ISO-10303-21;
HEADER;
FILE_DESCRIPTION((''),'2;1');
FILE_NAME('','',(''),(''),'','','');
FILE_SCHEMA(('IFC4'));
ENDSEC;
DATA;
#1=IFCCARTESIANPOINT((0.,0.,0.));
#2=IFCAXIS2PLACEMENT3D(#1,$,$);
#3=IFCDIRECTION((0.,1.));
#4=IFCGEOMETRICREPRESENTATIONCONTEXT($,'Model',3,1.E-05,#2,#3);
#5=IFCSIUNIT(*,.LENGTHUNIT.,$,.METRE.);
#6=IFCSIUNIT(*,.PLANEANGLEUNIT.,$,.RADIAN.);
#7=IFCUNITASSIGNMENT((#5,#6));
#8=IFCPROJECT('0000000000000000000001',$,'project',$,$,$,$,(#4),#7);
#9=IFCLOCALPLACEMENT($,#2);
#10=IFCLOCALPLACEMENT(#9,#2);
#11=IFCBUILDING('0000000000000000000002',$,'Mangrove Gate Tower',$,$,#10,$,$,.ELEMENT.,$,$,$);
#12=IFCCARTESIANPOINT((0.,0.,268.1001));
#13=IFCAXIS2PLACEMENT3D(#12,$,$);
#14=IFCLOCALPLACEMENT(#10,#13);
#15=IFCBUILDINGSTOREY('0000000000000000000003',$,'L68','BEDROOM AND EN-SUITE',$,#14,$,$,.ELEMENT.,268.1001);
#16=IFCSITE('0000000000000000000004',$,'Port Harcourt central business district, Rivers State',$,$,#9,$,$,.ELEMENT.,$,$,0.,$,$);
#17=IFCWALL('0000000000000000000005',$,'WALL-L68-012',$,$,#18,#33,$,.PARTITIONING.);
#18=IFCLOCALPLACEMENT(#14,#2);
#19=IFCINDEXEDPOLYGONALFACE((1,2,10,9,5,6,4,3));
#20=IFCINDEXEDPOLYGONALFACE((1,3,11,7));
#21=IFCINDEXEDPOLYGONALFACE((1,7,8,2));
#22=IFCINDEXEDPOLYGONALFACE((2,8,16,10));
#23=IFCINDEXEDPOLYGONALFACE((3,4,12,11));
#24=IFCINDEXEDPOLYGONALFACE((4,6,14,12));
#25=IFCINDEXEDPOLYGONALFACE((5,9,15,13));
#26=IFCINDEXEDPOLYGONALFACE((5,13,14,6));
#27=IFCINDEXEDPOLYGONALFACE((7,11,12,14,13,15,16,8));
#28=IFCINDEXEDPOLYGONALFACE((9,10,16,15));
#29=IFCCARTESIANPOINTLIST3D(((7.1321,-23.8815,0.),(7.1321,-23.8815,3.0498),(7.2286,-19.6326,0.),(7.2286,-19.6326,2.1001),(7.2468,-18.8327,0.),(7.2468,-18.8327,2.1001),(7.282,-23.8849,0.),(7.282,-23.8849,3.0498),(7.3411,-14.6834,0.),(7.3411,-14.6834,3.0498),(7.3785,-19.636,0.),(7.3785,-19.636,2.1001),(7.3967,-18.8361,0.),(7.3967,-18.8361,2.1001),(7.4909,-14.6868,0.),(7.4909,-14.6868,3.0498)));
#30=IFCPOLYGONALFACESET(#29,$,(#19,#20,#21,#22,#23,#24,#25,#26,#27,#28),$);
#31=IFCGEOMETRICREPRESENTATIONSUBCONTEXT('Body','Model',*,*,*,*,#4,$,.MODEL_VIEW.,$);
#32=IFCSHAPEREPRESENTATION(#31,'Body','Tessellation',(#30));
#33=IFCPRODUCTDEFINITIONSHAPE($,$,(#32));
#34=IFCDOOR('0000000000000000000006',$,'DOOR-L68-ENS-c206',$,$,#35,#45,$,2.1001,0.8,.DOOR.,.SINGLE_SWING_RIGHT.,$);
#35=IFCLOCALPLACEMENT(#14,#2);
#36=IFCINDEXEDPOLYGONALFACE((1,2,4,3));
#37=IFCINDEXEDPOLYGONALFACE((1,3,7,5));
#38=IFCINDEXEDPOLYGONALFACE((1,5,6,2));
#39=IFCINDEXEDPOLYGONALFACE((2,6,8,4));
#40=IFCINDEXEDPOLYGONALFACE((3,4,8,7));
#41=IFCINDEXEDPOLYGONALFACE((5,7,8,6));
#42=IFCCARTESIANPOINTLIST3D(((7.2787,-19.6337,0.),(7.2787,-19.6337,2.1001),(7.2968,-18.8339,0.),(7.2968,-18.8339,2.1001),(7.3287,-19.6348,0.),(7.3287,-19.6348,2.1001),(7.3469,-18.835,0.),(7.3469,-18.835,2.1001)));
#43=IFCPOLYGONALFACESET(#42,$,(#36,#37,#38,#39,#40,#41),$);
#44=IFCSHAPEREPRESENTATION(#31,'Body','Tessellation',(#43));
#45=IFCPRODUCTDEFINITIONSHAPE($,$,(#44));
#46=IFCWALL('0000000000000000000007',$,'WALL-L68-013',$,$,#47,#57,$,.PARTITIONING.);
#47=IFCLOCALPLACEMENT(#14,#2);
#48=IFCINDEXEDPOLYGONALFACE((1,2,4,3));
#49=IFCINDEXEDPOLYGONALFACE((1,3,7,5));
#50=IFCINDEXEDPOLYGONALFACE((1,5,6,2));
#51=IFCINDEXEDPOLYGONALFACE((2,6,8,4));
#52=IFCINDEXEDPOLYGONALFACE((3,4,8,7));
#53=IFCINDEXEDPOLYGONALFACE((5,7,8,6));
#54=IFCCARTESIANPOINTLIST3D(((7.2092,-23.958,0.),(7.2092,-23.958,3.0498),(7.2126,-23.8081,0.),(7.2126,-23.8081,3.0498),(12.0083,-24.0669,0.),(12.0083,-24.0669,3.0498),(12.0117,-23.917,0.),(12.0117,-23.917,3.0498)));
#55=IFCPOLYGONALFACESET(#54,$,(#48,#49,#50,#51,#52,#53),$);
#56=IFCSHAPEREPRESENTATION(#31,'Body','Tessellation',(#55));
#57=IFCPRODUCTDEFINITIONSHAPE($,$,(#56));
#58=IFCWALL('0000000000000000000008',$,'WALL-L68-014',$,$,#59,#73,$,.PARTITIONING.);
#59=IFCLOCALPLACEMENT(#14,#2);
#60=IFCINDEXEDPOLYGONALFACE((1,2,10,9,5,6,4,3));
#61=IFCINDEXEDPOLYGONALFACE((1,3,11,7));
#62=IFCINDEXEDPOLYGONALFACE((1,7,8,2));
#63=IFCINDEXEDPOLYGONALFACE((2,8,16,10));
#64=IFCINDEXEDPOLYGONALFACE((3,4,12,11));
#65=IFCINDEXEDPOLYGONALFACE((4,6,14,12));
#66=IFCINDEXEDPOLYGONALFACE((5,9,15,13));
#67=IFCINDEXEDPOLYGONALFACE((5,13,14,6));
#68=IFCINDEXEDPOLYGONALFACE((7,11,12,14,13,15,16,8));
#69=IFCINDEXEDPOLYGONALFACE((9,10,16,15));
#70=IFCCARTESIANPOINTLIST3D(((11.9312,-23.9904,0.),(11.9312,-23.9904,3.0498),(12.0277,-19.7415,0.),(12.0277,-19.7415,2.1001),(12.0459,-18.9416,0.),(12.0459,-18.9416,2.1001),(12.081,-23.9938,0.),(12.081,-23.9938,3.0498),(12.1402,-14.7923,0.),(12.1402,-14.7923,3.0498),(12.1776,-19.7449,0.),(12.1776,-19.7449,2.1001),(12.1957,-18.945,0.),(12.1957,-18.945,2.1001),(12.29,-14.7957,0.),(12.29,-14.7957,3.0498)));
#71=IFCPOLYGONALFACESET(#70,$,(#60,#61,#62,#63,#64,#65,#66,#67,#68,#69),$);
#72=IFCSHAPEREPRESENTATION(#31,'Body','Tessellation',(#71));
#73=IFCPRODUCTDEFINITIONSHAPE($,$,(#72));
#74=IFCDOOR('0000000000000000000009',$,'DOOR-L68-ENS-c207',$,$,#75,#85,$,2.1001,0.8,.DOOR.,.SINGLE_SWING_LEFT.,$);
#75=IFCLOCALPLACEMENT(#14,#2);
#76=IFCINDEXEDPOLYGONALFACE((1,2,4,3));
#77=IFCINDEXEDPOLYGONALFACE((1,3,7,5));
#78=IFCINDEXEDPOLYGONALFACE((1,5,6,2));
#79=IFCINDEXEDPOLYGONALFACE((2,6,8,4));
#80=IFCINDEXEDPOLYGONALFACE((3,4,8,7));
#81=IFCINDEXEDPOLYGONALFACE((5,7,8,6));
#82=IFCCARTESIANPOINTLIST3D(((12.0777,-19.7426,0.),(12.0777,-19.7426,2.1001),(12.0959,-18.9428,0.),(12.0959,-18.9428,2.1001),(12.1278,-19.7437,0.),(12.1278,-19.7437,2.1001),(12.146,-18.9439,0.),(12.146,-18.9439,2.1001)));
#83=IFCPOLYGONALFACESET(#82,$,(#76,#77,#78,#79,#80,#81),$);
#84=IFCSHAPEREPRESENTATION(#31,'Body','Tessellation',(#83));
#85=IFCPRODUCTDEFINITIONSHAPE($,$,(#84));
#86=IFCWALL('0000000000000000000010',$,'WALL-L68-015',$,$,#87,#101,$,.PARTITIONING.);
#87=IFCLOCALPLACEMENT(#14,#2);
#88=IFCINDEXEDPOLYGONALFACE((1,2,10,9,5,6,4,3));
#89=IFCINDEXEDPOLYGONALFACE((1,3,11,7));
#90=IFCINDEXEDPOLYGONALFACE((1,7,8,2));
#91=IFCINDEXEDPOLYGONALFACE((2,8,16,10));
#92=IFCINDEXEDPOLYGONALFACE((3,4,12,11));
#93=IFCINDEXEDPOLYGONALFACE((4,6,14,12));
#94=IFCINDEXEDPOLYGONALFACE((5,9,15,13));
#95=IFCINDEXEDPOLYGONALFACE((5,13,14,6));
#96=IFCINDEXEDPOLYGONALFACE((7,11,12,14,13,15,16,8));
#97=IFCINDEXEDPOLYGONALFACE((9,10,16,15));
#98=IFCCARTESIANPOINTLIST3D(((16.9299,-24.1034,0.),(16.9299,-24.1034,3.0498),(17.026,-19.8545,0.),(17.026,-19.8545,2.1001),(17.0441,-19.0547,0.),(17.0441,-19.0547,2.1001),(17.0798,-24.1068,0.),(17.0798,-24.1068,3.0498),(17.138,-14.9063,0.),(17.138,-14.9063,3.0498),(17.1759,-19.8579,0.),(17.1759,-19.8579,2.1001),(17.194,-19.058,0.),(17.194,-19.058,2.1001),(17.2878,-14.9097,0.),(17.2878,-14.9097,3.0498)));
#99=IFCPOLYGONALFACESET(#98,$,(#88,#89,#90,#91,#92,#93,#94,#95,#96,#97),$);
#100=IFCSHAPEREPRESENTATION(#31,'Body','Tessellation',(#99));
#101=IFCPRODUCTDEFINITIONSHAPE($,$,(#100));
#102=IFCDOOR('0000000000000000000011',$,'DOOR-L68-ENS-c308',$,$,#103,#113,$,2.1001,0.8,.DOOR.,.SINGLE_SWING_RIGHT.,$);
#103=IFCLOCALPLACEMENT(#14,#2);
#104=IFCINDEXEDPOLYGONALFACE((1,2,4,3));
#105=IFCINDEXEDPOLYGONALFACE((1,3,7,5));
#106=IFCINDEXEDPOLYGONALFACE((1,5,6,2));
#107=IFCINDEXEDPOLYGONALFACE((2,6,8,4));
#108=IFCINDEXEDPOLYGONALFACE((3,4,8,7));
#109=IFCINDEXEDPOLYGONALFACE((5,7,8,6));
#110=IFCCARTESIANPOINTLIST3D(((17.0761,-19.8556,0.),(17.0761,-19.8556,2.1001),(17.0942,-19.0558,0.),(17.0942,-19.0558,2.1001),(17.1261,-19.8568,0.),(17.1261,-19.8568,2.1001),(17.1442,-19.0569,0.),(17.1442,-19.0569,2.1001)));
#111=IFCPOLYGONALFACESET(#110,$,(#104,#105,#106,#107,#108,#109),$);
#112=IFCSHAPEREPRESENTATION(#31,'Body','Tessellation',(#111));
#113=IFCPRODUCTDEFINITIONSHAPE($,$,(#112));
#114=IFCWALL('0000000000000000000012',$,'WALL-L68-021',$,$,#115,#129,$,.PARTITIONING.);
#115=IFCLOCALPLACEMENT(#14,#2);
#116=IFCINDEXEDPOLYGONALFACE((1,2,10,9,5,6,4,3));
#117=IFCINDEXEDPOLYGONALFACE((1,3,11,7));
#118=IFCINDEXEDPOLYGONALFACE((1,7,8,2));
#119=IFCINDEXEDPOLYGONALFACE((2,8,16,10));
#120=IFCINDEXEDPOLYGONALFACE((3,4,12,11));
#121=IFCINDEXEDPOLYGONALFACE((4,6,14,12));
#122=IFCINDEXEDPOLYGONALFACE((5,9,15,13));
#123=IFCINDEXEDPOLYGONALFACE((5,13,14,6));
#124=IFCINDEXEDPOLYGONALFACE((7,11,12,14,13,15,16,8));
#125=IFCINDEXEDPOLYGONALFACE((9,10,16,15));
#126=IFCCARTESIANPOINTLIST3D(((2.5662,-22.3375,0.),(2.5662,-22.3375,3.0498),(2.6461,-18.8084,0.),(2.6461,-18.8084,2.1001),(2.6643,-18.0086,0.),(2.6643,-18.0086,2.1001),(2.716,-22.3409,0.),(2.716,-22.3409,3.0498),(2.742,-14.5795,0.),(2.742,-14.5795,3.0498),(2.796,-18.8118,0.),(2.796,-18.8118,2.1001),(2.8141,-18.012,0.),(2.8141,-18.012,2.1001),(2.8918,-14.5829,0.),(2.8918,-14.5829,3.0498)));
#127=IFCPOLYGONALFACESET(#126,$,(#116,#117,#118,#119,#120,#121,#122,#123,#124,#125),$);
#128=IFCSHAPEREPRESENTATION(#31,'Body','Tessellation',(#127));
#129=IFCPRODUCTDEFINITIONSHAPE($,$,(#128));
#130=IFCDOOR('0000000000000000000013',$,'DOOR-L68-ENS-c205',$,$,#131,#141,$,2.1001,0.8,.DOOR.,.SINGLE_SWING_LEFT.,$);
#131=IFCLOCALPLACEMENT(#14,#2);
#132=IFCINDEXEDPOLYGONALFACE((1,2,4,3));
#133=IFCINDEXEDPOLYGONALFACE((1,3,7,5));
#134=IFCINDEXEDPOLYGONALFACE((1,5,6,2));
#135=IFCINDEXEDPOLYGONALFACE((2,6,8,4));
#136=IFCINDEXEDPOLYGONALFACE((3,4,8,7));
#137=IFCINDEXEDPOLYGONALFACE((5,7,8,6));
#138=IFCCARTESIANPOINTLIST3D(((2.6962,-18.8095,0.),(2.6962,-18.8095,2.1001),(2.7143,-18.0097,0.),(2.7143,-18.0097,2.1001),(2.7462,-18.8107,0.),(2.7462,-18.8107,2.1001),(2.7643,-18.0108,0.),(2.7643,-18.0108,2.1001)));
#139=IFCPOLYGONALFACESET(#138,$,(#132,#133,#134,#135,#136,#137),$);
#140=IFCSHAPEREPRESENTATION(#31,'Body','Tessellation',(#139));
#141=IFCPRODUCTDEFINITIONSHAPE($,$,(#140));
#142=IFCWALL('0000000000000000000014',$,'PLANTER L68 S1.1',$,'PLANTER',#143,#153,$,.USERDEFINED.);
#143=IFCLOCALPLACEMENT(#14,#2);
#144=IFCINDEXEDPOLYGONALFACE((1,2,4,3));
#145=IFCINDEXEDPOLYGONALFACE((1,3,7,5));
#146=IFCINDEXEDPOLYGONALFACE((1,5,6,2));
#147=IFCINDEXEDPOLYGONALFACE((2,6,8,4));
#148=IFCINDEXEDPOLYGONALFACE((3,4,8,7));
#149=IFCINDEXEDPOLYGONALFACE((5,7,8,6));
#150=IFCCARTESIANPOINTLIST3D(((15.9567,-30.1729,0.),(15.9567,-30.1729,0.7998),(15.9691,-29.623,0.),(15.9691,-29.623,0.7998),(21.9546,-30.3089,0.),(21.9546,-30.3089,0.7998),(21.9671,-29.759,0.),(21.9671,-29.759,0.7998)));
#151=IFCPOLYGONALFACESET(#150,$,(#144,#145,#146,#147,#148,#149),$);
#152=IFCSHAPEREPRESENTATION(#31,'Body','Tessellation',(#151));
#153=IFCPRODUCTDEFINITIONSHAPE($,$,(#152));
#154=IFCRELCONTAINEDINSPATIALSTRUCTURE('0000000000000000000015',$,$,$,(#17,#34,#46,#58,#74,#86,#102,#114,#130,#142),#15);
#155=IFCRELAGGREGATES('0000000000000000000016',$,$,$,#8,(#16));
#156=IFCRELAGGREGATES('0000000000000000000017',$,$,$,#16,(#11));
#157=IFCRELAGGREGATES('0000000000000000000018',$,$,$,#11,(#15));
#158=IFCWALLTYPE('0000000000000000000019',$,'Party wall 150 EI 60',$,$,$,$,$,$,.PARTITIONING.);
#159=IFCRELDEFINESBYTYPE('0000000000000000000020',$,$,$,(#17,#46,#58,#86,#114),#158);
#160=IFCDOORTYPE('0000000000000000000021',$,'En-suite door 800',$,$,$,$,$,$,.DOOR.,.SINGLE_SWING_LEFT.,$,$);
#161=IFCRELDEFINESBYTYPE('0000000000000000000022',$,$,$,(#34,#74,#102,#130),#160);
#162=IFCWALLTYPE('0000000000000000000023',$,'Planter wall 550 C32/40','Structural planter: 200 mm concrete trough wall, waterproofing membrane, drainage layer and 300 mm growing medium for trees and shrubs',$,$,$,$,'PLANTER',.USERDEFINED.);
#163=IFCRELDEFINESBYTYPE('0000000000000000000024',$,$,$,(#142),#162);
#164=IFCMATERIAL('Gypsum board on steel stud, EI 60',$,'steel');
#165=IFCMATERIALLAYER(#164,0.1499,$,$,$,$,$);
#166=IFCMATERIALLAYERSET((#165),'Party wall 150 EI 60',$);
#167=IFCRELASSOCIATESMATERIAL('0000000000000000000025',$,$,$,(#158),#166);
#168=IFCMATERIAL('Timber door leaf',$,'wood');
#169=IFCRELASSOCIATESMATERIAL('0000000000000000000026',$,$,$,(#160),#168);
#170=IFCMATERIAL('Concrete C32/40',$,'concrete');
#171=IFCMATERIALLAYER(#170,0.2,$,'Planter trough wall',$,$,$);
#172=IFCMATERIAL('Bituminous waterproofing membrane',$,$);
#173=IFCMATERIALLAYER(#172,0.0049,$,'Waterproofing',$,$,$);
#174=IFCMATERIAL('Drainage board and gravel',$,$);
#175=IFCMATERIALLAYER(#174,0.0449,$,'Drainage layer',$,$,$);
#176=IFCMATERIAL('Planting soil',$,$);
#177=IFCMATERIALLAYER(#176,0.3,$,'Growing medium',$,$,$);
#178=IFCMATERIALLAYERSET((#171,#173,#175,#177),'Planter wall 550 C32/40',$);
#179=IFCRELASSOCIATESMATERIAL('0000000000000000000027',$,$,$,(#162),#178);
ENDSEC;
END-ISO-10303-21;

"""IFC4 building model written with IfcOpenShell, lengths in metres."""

from ifc_helpers import new_model, si_unit, direction, frame, frame_2d, origin, place, context, subcontext, project, spatial, rectangle, extrude, material, layer, layer_set, type_object, element, fill, save


model = new_model("IFC4")

# Units and contexts
model_context = context("Model", 3, precision=1e-05, world=origin(), true_north=direction((0.0, 1.0)))
body_context = subcontext(model_context, "Body", "Model", "MODEL_VIEW")
ifc_project = project(units=[si_unit("LENGTHUNIT", "METRE"), si_unit("PLANEANGLEUNIT", "RADIAN")], contexts=[model_context])

# Site, building, storey
site_placement = place(None, origin())
site = spatial("IfcSite", under=ifc_project, at=site_placement, Name="Port Harcourt central business district, Rivers State", CompositionType="ELEMENT", RefElevation=0.0)
building_placement = place(site_placement, origin())
building = spatial("IfcBuilding", under=site, at=building_placement, Name="Mangrove Gate Tower", CompositionType="ELEMENT")
storey_placement = place(building_placement, frame((0.0, 0.0, 268.1001)))
storey = spatial("IfcBuildingStorey", under=building, at=storey_placement, Name="L68", Description="BEDROOM AND EN-SUITE", CompositionType="ELEMENT", Elevation=268.1001)

# Shared definitions
ifc_material_1 = material(Name="Gypsum board on steel stud, EI 60", Category="steel")
ifc_layer_1 = layer(ifc_material_1, 0.1499)
ifc_layer_set_1 = layer_set([ifc_layer_1], Name="Party wall 150 EI 60")
wall_type_1 = type_object("IfcWallType", Name="Party wall 150 EI 60", PredefinedType="PARTITIONING", material=ifc_layer_set_1)

# Wall, opening, door
wall_1_placement = place(storey_placement, frame((7.207, -23.8831, 0.0), z_axis=(0.0, 0.0, 1.0), x_axis=(0.022715, 0.999742, 0.0)))
wall_1 = element("IfcWall", 1, at=wall_1_placement, inside=storey, type_object=wall_type_1, Name="WALL-L68-012", PredefinedType="PARTITIONING", context=body_context, shape_type="SweptSolid", body=[
    extrude(rectangle(XDim=9.2004, YDim=0.1499, at=frame_2d((4.6001, 0.0))), origin(), (0.0, 0.0, 1.0), 3.0498),
])
opening_1_placement = place(wall_1_placement, frame((4.25, 0.0, 0.0)))
opening_1 = element("IfcOpeningElement", 2, at=opening_1_placement, cuts=wall_1, PredefinedType="OPENING", context=body_context, shape_type="SweptSolid", body=[
    extrude(rectangle(XDim=0.8, YDim=2.1001, at=frame_2d((0.3999, 1.05))), frame((0.0, 0.085, 0.0), z_axis=(0.0, -1.0, 0.0), x_axis=(1.0, 0.0, 0.0)), (0.0, 0.0, 1.0), 0.1699),
])
ifc_material_2 = material(Name="Timber door leaf", Category="wood")
door_type_1 = type_object("IfcDoorType", Name="En-suite door 800", OperationType="SINGLE_SWING_LEFT", PredefinedType="DOOR", material=ifc_material_2)
door_1_placement = place(opening_1_placement, origin())
door_1 = element("IfcDoor", 3, at=door_1_placement, inside=storey, type_object=door_type_1, Name="DOOR-L68-ENS-c206", OperationType="SINGLE_SWING_RIGHT", OverallHeight=2.1001, OverallWidth=0.8, PredefinedType="DOOR", context=body_context, shape_type="SweptSolid", body=[
    extrude(rectangle(XDim=0.8, YDim=2.1001, at=frame_2d((0.3999, 1.05))), frame((0.0, 0.0249, 0.0), z_axis=(0.0, -1.0, 0.0), x_axis=(1.0, 0.0, 0.0)), (0.0, 0.0, 1.0), 0.05),
])
fill(opening_1, door_1)

# Wall
wall_2_placement = place(storey_placement, frame((7.2109, -23.8831, 0.0), z_axis=(0.0, 0.0, 1.0), x_axis=(0.999743, -0.022683, 0.0)))
element("IfcWall", 4, at=wall_2_placement, inside=storey, type_object=wall_type_1, Name="WALL-L68-013", PredefinedType="PARTITIONING", context=body_context, shape_type="SweptSolid", body=[
    extrude(rectangle(XDim=4.8003, YDim=0.1499, at=frame_2d((2.4001, 0.0))), origin(), (0.0, 0.0, 1.0), 3.0498),
])

# Walls, openings, doors
wall_3_placement = place(storey_placement, frame((12.0061, -23.9919, 0.0), z_axis=(0.0, 0.0, 1.0), x_axis=(0.022715, 0.999742, 0.0)))
wall_3 = element("IfcWall", 5, at=wall_3_placement, inside=storey, type_object=wall_type_1, Name="WALL-L68-014", PredefinedType="PARTITIONING", context=body_context, shape_type="SweptSolid", body=[
    extrude(rectangle(XDim=9.2004, YDim=0.1499, at=frame_2d((4.6001, 0.0))), origin(), (0.0, 0.0, 1.0), 3.0498),
])
opening_2_placement = place(wall_3_placement, frame((4.25, 0.0, 0.0)))
opening_2 = element("IfcOpeningElement", 6, at=opening_2_placement, cuts=wall_3, PredefinedType="OPENING", context=body_context, shape_type="SweptSolid", body=[
    extrude(rectangle(XDim=0.8, YDim=2.1001, at=frame_2d((0.3999, 1.05))), frame((0.0, 0.085, 0.0), z_axis=(0.0, -1.0, 0.0), x_axis=(1.0, 0.0, 0.0)), (0.0, 0.0, 1.0), 0.1699),
])
door_2_placement = place(opening_2_placement, origin())
door_2 = element("IfcDoor", 7, at=door_2_placement, inside=storey, type_object=door_type_1, Name="DOOR-L68-ENS-c207", OperationType="SINGLE_SWING_LEFT", OverallHeight=2.1001, OverallWidth=0.8, PredefinedType="DOOR", context=body_context, shape_type="SweptSolid", body=[
    extrude(rectangle(XDim=0.8, YDim=2.1001, at=frame_2d((0.3999, 1.05))), frame((0.0, 0.0249, 0.0), z_axis=(0.0, -1.0, 0.0), x_axis=(1.0, 0.0, 0.0)), (0.0, 0.0, 1.0), 0.05),
])
fill(opening_2, door_2)
wall_4_placement = place(storey_placement, frame((17.0049, -24.105, 0.0), z_axis=(0.0, 0.0, 1.0), x_axis=(0.022611, 0.999744, 0.0)))
wall_4 = element("IfcWall", 8, at=wall_4_placement, inside=storey, type_object=wall_type_1, Name="WALL-L68-015", PredefinedType="PARTITIONING", context=body_context, shape_type="SweptSolid", body=[
    extrude(rectangle(XDim=9.1995, YDim=0.1499, at=frame_2d((4.5996, 0.0))), origin(), (0.0, 0.0, 1.0), 3.0498),
])
opening_3_placement = place(wall_4_placement, frame((4.25, 0.0, 0.0)))
opening_3 = element("IfcOpeningElement", 9, at=opening_3_placement, cuts=wall_4, PredefinedType="OPENING", context=body_context, shape_type="SweptSolid", body=[
    extrude(rectangle(XDim=0.8, YDim=2.1001, at=frame_2d((0.3999, 1.05))), frame((0.0, 0.085, 0.0), z_axis=(0.0, -1.0, 0.0), x_axis=(1.0, 0.0, 0.0)), (0.0, 0.0, 1.0), 0.1699),
])
door_3_placement = place(opening_3_placement, origin())
door_3 = element("IfcDoor", 10, at=door_3_placement, inside=storey, type_object=door_type_1, Name="DOOR-L68-ENS-c308", OperationType="SINGLE_SWING_RIGHT", OverallHeight=2.1001, OverallWidth=0.8, PredefinedType="DOOR", context=body_context, shape_type="SweptSolid", body=[
    extrude(rectangle(XDim=0.8, YDim=2.1001, at=frame_2d((0.3999, 1.05))), frame((0.0, 0.0249, 0.0), z_axis=(0.0, -1.0, 0.0), x_axis=(1.0, 0.0, 0.0)), (0.0, 0.0, 1.0), 0.05),
])
fill(opening_3, door_3)
wall_5_placement = place(storey_placement, frame((2.6411, -22.3391, 0.0), z_axis=(0.0, 0.0, 1.0), x_axis=(0.022652, 0.999743, 0.0)))
wall_5 = element("IfcWall", 11, at=wall_5_placement, inside=storey, type_object=wall_type_1, Name="WALL-L68-021", PredefinedType="PARTITIONING", context=body_context, shape_type="SweptSolid", body=[
    extrude(rectangle(XDim=7.76, YDim=0.1499, at=frame_2d((3.8799, 0.0))), origin(), (0.0, 0.0, 1.0), 3.0498),
])
opening_4_placement = place(wall_5_placement, frame((3.53, 0.0, 0.0)))
opening_4 = element("IfcOpeningElement", 12, at=opening_4_placement, cuts=wall_5, PredefinedType="OPENING", context=body_context, shape_type="SweptSolid", body=[
    extrude(rectangle(XDim=0.8, YDim=2.1001, at=frame_2d((0.3999, 1.05))), frame((0.0, 0.085, 0.0), z_axis=(0.0, -1.0, 0.0), x_axis=(1.0, 0.0, 0.0)), (0.0, 0.0, 1.0), 0.1699),
])
door_4_placement = place(opening_4_placement, origin())
door_4 = element("IfcDoor", 13, at=door_4_placement, inside=storey, type_object=door_type_1, Name="DOOR-L68-ENS-c205", OperationType="SINGLE_SWING_LEFT", OverallHeight=2.1001, OverallWidth=0.8, PredefinedType="DOOR", context=body_context, shape_type="SweptSolid", body=[
    extrude(rectangle(XDim=0.8, YDim=2.1001, at=frame_2d((0.3999, 1.05))), frame((0.0, 0.0249, 0.0), z_axis=(0.0, -1.0, 0.0), x_axis=(1.0, 0.0, 0.0)), (0.0, 0.0, 1.0), 0.05),
])
fill(opening_4, door_4)

# Wall
ifc_material_3 = material(Name="Concrete C32/40", Category="concrete")
ifc_layer_2 = layer(ifc_material_3, 0.2, Name="Planter trough wall")
ifc_material_4 = material(Name="Bituminous waterproofing membrane")
ifc_layer_3 = layer(ifc_material_4, 0.0049, Name="Waterproofing")
ifc_material_5 = material(Name="Drainage board and gravel")
ifc_layer_4 = layer(ifc_material_5, 0.0449, Name="Drainage layer")
ifc_material_6 = material(Name="Planting soil")
ifc_layer_5 = layer(ifc_material_6, 0.3, Name="Growing medium")
ifc_layer_set_2 = layer_set([ifc_layer_2, ifc_layer_3, ifc_layer_4, ifc_layer_5], Name="Planter wall 550 C32/40")
wall_type_2 = type_object("IfcWallType", Name="Planter wall 550 C32/40", Description="Structural planter: 200 mm concrete trough wall, waterproofing membrane, drainage layer and 300 mm growing medium for trees and shrubs", ElementType="PLANTER", PredefinedType="USERDEFINED", material=ifc_layer_set_2)
wall_6_placement = place(storey_placement, frame((15.9629, -29.8979, 0.0), z_axis=(0.0, 0.0, 1.0), x_axis=(0.999743, -0.022666, 0.0)))
element("IfcWall", 14, at=wall_6_placement, inside=storey, type_object=wall_type_2, Name="PLANTER L68 S1.1", ObjectType="PLANTER", PredefinedType="USERDEFINED", context=body_context, shape_type="SweptSolid", body=[
    extrude(rectangle(XDim=5.9995, YDim=0.55, at=frame_2d((2.9998, 0.0))), origin(), (0.0, 0.0, 1.0), 0.7998),
])

save(model, "model.ifc")
